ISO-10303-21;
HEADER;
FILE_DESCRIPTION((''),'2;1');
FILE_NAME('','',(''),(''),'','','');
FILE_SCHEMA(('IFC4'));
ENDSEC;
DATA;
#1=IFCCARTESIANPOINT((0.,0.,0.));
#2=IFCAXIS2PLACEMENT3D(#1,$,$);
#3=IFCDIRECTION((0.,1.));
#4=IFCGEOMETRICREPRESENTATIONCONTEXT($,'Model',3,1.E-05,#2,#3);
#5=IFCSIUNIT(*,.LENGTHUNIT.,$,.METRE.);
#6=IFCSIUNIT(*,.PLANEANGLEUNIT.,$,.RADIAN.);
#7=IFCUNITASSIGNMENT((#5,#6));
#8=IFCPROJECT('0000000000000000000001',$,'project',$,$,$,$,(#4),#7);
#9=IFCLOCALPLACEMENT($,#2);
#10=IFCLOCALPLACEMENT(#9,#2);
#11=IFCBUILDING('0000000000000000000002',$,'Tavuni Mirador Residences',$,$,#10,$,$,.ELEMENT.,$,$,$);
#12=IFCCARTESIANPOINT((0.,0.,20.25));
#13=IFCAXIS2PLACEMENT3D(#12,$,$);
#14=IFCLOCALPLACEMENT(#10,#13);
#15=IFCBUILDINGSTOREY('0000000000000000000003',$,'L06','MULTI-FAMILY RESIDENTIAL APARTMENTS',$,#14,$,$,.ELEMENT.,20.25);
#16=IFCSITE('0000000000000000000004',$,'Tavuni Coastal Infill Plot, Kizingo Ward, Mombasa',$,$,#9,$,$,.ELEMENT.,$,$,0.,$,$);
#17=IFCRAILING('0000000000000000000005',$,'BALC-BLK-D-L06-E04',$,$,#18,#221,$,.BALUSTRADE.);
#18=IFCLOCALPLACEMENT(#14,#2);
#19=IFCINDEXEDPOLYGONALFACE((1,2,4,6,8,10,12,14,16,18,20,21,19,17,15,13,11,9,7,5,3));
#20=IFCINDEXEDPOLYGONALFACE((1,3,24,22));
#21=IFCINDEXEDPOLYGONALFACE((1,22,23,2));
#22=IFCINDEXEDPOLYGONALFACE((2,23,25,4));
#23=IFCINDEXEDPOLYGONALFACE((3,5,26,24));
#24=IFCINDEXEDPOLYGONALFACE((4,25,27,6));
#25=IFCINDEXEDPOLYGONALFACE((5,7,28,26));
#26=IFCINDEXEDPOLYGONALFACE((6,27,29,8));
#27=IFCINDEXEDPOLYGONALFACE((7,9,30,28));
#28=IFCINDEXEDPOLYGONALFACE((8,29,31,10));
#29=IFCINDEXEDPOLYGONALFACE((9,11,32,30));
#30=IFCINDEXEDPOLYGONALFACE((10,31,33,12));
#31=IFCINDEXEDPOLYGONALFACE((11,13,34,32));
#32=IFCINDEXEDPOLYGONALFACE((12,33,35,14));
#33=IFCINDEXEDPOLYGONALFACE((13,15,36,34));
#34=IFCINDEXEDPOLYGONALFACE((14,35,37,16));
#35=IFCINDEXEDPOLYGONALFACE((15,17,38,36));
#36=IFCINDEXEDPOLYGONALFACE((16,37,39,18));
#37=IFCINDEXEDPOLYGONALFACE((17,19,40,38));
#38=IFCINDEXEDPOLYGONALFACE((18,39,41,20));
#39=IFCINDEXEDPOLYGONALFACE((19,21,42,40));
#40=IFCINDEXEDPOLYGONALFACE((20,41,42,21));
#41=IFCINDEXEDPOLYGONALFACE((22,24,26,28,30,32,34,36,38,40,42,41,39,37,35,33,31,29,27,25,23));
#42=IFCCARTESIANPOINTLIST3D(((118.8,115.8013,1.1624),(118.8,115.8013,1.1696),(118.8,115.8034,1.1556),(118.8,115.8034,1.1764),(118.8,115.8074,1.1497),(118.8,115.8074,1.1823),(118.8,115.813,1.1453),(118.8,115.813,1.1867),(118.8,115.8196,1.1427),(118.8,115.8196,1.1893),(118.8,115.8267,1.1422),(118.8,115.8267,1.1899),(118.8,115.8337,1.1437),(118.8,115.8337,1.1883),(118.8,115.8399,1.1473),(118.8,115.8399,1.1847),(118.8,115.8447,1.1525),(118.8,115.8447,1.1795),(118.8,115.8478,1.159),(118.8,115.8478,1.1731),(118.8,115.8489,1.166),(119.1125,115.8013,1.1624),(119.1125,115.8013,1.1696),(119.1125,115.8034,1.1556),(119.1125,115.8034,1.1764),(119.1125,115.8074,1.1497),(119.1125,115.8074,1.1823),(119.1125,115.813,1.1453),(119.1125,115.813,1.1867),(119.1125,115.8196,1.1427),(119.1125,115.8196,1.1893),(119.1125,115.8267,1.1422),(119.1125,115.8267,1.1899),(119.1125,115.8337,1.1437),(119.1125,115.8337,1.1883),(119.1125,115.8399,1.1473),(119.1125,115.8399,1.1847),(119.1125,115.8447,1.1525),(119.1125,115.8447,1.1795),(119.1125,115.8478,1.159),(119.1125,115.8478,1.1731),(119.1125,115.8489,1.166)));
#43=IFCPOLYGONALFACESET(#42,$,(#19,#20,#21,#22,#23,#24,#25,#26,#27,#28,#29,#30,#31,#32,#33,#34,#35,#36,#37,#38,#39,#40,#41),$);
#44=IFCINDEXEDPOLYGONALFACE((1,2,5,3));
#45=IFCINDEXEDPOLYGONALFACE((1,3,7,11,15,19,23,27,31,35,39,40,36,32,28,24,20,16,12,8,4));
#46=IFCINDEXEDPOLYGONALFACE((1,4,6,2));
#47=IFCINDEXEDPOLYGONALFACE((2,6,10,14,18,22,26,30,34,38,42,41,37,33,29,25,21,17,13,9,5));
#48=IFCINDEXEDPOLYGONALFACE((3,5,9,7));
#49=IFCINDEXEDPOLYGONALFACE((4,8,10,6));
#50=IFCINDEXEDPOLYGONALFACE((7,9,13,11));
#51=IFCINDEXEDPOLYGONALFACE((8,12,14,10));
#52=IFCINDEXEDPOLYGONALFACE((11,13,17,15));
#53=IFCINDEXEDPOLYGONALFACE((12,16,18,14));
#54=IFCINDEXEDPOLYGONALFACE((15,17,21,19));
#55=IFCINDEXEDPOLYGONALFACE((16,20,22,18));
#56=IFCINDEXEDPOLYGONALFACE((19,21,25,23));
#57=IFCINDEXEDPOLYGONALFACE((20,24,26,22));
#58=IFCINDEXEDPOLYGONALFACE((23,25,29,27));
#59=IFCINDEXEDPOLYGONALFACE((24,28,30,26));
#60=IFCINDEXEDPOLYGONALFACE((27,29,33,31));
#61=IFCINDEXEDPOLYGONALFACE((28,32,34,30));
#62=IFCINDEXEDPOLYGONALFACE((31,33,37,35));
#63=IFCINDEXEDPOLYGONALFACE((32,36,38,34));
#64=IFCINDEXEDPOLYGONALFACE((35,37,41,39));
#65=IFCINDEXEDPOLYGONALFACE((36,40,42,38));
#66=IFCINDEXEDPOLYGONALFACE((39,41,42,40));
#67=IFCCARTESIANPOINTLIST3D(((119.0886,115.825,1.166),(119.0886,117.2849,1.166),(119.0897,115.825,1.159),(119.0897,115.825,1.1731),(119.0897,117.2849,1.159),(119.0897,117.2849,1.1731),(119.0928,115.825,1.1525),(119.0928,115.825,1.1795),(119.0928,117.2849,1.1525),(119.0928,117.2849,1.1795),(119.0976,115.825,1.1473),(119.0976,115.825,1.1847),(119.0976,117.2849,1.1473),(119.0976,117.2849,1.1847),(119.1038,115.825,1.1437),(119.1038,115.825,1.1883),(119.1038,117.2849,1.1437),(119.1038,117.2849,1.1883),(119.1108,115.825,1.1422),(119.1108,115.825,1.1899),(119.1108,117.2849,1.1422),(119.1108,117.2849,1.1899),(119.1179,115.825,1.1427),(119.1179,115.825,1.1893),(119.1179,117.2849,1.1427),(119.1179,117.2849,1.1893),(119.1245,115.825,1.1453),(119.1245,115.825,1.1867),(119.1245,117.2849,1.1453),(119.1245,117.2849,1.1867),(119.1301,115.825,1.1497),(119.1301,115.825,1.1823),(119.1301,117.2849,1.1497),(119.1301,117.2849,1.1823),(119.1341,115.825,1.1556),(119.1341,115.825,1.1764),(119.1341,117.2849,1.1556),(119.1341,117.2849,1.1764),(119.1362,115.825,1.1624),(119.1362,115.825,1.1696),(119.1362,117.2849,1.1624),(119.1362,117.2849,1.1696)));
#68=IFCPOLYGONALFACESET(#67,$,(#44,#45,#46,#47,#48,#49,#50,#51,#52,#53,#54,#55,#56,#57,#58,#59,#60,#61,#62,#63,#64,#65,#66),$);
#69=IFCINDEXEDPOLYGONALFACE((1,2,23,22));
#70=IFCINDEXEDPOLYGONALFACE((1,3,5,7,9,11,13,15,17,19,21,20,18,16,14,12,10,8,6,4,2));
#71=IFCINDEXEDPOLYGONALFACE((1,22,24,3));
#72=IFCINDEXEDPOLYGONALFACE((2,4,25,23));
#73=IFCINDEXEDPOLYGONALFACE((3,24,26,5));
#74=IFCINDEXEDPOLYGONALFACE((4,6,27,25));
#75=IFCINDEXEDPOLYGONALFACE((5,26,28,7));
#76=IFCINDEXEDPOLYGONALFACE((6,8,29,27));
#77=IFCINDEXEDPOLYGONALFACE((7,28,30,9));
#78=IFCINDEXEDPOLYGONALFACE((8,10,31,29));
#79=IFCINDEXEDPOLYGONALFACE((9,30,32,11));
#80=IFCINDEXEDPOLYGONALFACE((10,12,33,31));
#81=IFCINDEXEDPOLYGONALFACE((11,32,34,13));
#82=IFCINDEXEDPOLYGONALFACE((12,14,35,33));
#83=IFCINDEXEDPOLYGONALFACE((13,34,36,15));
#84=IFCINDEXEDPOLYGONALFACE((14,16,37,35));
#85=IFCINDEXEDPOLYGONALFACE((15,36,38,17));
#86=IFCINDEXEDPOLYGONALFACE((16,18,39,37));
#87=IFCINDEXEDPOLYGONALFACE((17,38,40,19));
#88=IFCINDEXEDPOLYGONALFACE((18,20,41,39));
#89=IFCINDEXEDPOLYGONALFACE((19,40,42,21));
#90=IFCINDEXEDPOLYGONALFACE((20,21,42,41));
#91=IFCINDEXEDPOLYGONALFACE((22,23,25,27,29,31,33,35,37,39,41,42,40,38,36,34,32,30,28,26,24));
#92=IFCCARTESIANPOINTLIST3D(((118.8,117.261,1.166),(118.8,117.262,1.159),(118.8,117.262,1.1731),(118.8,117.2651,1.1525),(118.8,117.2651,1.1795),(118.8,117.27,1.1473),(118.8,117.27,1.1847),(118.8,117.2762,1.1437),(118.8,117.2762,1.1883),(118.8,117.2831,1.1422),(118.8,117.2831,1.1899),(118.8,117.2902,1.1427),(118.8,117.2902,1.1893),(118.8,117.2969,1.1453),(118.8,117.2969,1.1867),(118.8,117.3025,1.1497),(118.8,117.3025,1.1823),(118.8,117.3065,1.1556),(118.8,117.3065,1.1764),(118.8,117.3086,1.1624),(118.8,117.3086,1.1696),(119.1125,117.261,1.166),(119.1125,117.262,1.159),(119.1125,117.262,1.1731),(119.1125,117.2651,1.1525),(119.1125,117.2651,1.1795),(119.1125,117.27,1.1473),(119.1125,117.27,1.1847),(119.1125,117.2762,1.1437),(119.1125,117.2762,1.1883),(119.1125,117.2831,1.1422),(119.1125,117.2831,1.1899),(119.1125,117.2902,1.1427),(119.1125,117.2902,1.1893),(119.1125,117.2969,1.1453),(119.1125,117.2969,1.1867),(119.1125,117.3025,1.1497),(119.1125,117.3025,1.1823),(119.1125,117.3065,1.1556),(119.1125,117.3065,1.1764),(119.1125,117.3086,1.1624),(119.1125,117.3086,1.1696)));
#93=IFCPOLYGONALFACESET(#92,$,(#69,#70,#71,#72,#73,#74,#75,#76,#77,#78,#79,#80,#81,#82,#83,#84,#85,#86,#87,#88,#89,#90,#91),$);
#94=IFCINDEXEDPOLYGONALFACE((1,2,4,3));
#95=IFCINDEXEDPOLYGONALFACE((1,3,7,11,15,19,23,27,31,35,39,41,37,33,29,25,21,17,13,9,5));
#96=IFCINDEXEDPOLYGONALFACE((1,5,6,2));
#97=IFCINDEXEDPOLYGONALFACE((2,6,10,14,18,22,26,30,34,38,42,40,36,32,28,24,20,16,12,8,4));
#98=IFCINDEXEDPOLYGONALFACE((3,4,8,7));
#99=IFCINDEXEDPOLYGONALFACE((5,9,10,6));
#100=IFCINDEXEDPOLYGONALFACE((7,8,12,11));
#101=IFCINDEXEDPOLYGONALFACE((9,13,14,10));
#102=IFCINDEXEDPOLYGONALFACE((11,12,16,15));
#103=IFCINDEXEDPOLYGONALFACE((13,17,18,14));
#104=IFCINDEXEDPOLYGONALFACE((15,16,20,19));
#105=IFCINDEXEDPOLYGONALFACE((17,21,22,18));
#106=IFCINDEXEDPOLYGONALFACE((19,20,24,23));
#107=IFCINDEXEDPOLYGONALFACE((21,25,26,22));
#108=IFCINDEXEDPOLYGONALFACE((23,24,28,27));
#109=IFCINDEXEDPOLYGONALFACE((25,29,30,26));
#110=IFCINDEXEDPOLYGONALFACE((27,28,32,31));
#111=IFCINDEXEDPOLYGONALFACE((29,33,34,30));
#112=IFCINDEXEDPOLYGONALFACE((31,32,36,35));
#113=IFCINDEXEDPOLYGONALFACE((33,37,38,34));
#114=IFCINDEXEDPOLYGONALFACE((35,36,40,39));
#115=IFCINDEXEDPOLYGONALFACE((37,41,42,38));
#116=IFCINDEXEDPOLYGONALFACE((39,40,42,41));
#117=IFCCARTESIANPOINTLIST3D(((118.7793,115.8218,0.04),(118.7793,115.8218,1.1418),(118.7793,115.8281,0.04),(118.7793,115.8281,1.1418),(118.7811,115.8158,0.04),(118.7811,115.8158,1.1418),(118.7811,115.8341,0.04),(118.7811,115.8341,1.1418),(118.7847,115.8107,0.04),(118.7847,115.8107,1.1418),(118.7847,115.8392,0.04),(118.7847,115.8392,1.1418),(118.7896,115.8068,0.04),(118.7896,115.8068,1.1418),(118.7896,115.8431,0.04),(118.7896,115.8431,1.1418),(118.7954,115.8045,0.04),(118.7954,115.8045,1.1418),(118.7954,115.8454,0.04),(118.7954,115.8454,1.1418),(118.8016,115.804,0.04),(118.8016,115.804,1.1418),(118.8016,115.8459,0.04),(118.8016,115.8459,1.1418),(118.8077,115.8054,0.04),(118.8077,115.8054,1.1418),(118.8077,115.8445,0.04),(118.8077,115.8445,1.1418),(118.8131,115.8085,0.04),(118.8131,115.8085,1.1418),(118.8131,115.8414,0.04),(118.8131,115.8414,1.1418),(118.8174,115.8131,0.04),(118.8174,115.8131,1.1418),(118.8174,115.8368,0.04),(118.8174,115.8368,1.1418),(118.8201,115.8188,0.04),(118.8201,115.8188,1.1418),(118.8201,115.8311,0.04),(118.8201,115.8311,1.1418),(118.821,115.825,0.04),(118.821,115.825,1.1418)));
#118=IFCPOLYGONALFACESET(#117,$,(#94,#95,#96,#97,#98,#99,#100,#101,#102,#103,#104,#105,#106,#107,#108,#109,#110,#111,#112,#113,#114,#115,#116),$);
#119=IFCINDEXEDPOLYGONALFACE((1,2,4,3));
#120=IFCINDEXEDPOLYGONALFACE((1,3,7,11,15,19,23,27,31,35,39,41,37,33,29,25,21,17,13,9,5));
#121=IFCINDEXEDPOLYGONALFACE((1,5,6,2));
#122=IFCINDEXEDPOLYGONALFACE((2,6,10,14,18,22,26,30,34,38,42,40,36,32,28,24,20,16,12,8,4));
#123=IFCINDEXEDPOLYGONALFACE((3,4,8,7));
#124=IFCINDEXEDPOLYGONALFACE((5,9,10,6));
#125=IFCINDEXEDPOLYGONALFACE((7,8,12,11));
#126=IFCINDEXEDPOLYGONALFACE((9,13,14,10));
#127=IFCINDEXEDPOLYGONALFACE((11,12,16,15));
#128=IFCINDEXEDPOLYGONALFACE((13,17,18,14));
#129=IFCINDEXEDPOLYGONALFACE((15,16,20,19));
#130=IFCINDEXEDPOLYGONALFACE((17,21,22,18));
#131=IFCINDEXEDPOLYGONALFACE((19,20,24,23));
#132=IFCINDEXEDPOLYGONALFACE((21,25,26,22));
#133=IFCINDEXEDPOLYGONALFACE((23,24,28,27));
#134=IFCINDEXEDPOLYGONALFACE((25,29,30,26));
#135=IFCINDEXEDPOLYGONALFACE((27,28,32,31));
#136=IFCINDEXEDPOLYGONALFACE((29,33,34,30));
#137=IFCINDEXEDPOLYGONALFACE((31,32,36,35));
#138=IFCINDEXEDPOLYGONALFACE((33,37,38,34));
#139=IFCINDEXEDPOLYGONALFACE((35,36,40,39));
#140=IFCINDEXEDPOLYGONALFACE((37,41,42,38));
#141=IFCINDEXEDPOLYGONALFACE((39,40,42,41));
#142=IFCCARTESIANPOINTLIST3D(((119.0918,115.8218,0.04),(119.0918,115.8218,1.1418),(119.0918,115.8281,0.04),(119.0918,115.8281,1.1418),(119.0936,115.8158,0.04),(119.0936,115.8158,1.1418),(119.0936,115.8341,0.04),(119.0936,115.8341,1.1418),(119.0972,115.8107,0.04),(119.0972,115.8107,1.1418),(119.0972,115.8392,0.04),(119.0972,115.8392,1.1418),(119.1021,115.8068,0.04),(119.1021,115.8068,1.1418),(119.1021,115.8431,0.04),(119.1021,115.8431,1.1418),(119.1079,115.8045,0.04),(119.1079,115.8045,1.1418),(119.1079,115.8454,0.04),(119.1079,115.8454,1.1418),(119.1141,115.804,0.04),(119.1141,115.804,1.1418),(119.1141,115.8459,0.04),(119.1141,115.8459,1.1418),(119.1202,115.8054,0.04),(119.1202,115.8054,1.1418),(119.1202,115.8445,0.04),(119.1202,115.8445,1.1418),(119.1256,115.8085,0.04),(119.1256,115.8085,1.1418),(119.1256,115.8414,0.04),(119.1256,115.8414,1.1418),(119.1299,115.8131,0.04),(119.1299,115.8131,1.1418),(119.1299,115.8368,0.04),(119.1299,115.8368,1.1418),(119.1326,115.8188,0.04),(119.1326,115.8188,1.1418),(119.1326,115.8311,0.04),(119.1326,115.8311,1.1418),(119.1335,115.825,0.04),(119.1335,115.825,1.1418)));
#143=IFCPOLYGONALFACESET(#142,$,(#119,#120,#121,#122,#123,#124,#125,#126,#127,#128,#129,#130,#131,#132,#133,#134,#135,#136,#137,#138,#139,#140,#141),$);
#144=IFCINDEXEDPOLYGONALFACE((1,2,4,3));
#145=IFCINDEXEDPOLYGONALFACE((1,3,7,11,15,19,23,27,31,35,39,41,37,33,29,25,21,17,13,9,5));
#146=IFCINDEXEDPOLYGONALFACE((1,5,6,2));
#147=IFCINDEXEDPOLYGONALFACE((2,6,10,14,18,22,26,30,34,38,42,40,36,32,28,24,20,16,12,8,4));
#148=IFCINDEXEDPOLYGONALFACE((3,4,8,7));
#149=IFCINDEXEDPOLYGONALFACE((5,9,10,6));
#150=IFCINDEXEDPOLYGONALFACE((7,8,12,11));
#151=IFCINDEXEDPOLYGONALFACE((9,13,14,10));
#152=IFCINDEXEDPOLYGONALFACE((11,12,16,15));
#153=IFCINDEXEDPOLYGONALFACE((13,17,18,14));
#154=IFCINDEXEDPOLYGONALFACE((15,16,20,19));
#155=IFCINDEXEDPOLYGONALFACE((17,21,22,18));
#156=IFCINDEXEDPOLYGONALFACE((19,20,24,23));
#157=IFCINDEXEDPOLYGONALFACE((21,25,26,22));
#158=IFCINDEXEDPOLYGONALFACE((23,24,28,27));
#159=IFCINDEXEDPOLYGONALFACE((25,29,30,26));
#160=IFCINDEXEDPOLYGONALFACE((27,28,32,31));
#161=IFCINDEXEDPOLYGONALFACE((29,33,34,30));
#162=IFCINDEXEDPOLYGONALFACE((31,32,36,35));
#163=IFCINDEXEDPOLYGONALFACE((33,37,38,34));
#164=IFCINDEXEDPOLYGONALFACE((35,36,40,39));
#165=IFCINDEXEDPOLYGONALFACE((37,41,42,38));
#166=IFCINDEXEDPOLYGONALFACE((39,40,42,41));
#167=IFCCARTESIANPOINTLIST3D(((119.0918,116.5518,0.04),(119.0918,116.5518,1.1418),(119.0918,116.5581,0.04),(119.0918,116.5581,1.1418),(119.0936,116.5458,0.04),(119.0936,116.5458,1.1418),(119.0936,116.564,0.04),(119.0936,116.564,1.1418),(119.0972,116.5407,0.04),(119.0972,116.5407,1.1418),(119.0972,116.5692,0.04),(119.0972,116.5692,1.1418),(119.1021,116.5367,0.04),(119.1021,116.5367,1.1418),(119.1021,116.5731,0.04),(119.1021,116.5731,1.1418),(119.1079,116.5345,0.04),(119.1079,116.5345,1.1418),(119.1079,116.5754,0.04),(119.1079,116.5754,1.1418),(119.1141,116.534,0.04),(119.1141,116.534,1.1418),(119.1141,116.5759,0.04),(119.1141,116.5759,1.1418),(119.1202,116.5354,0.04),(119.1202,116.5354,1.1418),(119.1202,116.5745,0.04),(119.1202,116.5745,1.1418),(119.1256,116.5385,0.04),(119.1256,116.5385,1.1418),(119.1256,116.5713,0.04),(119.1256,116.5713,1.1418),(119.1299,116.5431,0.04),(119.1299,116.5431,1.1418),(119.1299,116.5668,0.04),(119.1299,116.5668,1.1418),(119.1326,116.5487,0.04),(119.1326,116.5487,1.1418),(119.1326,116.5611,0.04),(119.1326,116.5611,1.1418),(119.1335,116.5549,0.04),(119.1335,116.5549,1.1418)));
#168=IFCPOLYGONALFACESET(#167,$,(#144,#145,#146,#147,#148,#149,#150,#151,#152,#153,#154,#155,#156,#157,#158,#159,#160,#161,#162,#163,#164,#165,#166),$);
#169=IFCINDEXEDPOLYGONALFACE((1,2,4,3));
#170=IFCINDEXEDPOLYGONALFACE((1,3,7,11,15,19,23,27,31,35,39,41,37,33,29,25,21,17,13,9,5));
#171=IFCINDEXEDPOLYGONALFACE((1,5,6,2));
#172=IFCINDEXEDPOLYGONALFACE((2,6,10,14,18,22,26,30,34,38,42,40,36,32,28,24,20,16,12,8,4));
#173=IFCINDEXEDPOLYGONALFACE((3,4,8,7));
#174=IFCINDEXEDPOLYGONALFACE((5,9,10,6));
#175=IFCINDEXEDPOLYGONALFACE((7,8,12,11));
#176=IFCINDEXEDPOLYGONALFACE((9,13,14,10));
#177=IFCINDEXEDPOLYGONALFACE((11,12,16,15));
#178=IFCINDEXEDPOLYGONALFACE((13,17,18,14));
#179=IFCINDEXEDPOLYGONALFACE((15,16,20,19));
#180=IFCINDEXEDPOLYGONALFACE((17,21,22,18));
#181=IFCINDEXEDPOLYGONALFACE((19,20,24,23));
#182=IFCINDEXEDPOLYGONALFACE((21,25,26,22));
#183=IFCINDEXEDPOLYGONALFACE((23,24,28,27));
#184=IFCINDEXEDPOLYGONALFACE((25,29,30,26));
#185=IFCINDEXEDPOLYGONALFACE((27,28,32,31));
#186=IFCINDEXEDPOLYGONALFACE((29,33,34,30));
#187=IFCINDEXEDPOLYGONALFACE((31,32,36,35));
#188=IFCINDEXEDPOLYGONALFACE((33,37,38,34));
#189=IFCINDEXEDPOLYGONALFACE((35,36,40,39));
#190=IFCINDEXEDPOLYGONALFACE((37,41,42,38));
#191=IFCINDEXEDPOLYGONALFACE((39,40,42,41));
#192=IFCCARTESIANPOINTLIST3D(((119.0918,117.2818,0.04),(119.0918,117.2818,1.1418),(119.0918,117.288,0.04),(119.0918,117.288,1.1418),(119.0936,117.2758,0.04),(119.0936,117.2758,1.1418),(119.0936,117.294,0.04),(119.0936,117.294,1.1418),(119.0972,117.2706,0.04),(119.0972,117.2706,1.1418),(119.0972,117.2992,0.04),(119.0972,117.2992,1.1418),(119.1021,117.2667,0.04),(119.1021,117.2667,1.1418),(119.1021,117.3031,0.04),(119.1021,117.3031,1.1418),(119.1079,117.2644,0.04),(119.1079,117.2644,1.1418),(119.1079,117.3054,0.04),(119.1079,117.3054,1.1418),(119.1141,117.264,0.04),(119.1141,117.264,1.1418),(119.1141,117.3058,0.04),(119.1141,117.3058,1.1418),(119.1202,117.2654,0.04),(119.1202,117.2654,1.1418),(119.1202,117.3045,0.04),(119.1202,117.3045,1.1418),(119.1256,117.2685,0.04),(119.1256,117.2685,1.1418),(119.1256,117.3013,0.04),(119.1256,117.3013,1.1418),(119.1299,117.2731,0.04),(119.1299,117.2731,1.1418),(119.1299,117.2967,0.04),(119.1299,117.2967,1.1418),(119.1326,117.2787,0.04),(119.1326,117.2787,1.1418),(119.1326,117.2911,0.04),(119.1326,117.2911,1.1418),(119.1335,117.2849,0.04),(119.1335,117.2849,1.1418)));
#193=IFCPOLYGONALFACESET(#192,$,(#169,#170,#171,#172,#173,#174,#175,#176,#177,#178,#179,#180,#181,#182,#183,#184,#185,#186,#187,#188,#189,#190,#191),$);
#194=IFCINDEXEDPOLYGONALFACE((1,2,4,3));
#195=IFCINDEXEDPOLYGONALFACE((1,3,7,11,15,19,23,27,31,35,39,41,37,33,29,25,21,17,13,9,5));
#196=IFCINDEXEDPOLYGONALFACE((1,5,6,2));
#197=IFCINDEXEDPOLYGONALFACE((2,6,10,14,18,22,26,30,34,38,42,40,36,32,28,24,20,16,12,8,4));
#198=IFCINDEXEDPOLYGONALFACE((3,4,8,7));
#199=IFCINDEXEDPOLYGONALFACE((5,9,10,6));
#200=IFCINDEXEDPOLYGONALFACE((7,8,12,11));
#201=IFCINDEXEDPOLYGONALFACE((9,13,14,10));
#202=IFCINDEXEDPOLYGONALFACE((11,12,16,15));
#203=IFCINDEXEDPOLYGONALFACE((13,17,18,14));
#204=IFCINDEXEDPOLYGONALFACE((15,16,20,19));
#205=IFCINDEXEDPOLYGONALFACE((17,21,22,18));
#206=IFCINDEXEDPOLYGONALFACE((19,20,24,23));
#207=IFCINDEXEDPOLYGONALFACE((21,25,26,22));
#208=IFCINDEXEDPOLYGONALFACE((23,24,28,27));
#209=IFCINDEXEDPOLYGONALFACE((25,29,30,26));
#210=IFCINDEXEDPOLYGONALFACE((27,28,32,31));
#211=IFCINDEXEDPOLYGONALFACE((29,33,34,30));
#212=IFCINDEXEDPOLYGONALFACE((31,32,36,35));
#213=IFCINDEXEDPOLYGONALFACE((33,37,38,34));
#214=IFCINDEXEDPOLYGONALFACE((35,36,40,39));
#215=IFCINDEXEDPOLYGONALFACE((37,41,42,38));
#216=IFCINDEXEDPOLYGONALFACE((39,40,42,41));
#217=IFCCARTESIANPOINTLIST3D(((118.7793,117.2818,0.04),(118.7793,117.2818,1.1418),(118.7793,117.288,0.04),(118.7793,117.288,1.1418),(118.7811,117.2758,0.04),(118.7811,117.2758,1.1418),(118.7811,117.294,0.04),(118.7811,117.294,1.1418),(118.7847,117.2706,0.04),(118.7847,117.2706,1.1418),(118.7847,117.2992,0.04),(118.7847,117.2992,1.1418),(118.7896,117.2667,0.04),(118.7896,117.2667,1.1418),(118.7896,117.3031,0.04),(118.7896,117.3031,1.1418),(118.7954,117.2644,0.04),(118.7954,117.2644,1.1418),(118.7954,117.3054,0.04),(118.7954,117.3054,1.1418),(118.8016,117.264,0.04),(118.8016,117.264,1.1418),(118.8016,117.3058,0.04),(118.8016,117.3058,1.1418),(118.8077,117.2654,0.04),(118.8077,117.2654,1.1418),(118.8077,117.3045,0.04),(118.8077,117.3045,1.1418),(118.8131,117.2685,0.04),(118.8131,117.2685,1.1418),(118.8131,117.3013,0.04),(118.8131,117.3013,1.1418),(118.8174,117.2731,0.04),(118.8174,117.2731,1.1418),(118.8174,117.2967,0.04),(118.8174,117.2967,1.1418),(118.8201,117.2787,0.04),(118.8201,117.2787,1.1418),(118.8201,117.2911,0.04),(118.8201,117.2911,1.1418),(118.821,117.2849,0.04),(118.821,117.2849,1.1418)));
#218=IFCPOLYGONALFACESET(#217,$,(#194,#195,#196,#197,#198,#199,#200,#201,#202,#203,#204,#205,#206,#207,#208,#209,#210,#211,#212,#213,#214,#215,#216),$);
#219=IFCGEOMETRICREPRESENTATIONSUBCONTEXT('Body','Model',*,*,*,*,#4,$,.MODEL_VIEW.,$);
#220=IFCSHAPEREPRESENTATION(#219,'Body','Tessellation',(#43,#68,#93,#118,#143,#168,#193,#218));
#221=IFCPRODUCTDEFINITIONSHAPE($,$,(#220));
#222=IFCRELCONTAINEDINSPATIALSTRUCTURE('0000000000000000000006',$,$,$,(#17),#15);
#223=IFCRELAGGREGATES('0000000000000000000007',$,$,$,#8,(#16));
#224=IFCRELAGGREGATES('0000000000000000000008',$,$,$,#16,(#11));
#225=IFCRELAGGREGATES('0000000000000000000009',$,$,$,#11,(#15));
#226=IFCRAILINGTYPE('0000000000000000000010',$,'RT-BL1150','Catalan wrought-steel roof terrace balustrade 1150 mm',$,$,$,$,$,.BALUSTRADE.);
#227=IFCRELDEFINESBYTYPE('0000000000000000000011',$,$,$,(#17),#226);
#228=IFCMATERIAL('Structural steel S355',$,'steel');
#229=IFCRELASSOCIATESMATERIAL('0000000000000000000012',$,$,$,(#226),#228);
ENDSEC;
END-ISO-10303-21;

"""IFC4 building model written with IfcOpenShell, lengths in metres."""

from ifc_helpers import new_model, si_unit, direction, frame, origin, origin_2d, place, context, subcontext, project, spatial, circle, extrude, material, type_object, element, save


model = new_model("IFC4")

# Units and contexts
model_context = context("Model", 3, precision=1e-05, world=origin(), true_north=direction((0.0, 1.0)))
body_context = subcontext(model_context, "Body", "Model", "MODEL_VIEW")
ifc_project = project(units=[si_unit("LENGTHUNIT", "METRE"), si_unit("PLANEANGLEUNIT", "RADIAN")], contexts=[model_context])

# Site, building, storey
site_placement = place(None, origin())
site = spatial("IfcSite", under=ifc_project, at=site_placement, Name="Tavuni Coastal Infill Plot, Kizingo Ward, Mombasa", CompositionType="ELEMENT", RefElevation=0.0)
building_placement = place(site_placement, origin())
building = spatial("IfcBuilding", under=site, at=building_placement, Name="Tavuni Mirador Residences", CompositionType="ELEMENT")
storey_placement = place(building_placement, frame((0.0, 0.0, 20.25)))
storey = spatial("IfcBuildingStorey", under=building, at=storey_placement, Name="L06", Description="MULTI-FAMILY RESIDENTIAL APARTMENTS", CompositionType="ELEMENT", Elevation=20.25)

# Railing
ifc_material_1 = material(Name="Structural steel S355", Category="steel")
railing_type = type_object("IfcRailingType", Name="RT-BL1150", Description="Catalan wrought-steel roof terrace balustrade 1150 mm", PredefinedType="BALUSTRADE", material=ifc_material_1)
railing_placement = place(storey_placement, frame((118.8, 115.825, 0.04)))
element("IfcRailing", 1, at=railing_placement, inside=storey, type_object=railing_type, Name="BALC-BLK-D-L06-E04", PredefinedType="BALUSTRADE", context=body_context, shape_type="SweptSolid", body=[
    extrude(circle(Radius=0.0239, at=origin_2d()), frame((0.0, 0.0, 1.126), z_axis=(1.0, 0.0, 0.0), x_axis=(0.0, 1.0, 0.0)), (0.0, 0.0, 1.0), 0.3125),
    extrude(circle(Radius=0.0239, at=origin_2d()), frame((0.3125, 0.0, 1.126), z_axis=(0.0, 1.0, 0.0), x_axis=(-1.0, 0.0, 0.0)), (0.0, 0.0, 1.0), 1.46),
    extrude(circle(Radius=0.0239, at=origin_2d()), frame((0.3125, 1.46, 1.126), z_axis=(-1.0, 0.0, 0.0), x_axis=(0.0, -1.0, 0.0)), (0.0, 0.0, 1.0), 0.3125),
    extrude(circle(Radius=0.021, at=origin_2d()), origin(), (0.0, 0.0, 1.0), 1.1018),
    extrude(circle(Radius=0.021, at=origin_2d()), frame((0.3125, 0.0, 0.0)), (0.0, 0.0, 1.0), 1.1018),
    extrude(circle(Radius=0.021, at=origin_2d()), frame((0.3125, 0.73, 0.0)), (0.0, 0.0, 1.0), 1.1018),
    extrude(circle(Radius=0.021, at=origin_2d()), frame((0.3125, 1.46, 0.0)), (0.0, 0.0, 1.0), 1.1018),
    extrude(circle(Radius=0.021, at=origin_2d()), frame((0.0, 1.46, 0.0)), (0.0, 0.0, 1.0), 1.1018),
])

save(model, "model.ifc")
